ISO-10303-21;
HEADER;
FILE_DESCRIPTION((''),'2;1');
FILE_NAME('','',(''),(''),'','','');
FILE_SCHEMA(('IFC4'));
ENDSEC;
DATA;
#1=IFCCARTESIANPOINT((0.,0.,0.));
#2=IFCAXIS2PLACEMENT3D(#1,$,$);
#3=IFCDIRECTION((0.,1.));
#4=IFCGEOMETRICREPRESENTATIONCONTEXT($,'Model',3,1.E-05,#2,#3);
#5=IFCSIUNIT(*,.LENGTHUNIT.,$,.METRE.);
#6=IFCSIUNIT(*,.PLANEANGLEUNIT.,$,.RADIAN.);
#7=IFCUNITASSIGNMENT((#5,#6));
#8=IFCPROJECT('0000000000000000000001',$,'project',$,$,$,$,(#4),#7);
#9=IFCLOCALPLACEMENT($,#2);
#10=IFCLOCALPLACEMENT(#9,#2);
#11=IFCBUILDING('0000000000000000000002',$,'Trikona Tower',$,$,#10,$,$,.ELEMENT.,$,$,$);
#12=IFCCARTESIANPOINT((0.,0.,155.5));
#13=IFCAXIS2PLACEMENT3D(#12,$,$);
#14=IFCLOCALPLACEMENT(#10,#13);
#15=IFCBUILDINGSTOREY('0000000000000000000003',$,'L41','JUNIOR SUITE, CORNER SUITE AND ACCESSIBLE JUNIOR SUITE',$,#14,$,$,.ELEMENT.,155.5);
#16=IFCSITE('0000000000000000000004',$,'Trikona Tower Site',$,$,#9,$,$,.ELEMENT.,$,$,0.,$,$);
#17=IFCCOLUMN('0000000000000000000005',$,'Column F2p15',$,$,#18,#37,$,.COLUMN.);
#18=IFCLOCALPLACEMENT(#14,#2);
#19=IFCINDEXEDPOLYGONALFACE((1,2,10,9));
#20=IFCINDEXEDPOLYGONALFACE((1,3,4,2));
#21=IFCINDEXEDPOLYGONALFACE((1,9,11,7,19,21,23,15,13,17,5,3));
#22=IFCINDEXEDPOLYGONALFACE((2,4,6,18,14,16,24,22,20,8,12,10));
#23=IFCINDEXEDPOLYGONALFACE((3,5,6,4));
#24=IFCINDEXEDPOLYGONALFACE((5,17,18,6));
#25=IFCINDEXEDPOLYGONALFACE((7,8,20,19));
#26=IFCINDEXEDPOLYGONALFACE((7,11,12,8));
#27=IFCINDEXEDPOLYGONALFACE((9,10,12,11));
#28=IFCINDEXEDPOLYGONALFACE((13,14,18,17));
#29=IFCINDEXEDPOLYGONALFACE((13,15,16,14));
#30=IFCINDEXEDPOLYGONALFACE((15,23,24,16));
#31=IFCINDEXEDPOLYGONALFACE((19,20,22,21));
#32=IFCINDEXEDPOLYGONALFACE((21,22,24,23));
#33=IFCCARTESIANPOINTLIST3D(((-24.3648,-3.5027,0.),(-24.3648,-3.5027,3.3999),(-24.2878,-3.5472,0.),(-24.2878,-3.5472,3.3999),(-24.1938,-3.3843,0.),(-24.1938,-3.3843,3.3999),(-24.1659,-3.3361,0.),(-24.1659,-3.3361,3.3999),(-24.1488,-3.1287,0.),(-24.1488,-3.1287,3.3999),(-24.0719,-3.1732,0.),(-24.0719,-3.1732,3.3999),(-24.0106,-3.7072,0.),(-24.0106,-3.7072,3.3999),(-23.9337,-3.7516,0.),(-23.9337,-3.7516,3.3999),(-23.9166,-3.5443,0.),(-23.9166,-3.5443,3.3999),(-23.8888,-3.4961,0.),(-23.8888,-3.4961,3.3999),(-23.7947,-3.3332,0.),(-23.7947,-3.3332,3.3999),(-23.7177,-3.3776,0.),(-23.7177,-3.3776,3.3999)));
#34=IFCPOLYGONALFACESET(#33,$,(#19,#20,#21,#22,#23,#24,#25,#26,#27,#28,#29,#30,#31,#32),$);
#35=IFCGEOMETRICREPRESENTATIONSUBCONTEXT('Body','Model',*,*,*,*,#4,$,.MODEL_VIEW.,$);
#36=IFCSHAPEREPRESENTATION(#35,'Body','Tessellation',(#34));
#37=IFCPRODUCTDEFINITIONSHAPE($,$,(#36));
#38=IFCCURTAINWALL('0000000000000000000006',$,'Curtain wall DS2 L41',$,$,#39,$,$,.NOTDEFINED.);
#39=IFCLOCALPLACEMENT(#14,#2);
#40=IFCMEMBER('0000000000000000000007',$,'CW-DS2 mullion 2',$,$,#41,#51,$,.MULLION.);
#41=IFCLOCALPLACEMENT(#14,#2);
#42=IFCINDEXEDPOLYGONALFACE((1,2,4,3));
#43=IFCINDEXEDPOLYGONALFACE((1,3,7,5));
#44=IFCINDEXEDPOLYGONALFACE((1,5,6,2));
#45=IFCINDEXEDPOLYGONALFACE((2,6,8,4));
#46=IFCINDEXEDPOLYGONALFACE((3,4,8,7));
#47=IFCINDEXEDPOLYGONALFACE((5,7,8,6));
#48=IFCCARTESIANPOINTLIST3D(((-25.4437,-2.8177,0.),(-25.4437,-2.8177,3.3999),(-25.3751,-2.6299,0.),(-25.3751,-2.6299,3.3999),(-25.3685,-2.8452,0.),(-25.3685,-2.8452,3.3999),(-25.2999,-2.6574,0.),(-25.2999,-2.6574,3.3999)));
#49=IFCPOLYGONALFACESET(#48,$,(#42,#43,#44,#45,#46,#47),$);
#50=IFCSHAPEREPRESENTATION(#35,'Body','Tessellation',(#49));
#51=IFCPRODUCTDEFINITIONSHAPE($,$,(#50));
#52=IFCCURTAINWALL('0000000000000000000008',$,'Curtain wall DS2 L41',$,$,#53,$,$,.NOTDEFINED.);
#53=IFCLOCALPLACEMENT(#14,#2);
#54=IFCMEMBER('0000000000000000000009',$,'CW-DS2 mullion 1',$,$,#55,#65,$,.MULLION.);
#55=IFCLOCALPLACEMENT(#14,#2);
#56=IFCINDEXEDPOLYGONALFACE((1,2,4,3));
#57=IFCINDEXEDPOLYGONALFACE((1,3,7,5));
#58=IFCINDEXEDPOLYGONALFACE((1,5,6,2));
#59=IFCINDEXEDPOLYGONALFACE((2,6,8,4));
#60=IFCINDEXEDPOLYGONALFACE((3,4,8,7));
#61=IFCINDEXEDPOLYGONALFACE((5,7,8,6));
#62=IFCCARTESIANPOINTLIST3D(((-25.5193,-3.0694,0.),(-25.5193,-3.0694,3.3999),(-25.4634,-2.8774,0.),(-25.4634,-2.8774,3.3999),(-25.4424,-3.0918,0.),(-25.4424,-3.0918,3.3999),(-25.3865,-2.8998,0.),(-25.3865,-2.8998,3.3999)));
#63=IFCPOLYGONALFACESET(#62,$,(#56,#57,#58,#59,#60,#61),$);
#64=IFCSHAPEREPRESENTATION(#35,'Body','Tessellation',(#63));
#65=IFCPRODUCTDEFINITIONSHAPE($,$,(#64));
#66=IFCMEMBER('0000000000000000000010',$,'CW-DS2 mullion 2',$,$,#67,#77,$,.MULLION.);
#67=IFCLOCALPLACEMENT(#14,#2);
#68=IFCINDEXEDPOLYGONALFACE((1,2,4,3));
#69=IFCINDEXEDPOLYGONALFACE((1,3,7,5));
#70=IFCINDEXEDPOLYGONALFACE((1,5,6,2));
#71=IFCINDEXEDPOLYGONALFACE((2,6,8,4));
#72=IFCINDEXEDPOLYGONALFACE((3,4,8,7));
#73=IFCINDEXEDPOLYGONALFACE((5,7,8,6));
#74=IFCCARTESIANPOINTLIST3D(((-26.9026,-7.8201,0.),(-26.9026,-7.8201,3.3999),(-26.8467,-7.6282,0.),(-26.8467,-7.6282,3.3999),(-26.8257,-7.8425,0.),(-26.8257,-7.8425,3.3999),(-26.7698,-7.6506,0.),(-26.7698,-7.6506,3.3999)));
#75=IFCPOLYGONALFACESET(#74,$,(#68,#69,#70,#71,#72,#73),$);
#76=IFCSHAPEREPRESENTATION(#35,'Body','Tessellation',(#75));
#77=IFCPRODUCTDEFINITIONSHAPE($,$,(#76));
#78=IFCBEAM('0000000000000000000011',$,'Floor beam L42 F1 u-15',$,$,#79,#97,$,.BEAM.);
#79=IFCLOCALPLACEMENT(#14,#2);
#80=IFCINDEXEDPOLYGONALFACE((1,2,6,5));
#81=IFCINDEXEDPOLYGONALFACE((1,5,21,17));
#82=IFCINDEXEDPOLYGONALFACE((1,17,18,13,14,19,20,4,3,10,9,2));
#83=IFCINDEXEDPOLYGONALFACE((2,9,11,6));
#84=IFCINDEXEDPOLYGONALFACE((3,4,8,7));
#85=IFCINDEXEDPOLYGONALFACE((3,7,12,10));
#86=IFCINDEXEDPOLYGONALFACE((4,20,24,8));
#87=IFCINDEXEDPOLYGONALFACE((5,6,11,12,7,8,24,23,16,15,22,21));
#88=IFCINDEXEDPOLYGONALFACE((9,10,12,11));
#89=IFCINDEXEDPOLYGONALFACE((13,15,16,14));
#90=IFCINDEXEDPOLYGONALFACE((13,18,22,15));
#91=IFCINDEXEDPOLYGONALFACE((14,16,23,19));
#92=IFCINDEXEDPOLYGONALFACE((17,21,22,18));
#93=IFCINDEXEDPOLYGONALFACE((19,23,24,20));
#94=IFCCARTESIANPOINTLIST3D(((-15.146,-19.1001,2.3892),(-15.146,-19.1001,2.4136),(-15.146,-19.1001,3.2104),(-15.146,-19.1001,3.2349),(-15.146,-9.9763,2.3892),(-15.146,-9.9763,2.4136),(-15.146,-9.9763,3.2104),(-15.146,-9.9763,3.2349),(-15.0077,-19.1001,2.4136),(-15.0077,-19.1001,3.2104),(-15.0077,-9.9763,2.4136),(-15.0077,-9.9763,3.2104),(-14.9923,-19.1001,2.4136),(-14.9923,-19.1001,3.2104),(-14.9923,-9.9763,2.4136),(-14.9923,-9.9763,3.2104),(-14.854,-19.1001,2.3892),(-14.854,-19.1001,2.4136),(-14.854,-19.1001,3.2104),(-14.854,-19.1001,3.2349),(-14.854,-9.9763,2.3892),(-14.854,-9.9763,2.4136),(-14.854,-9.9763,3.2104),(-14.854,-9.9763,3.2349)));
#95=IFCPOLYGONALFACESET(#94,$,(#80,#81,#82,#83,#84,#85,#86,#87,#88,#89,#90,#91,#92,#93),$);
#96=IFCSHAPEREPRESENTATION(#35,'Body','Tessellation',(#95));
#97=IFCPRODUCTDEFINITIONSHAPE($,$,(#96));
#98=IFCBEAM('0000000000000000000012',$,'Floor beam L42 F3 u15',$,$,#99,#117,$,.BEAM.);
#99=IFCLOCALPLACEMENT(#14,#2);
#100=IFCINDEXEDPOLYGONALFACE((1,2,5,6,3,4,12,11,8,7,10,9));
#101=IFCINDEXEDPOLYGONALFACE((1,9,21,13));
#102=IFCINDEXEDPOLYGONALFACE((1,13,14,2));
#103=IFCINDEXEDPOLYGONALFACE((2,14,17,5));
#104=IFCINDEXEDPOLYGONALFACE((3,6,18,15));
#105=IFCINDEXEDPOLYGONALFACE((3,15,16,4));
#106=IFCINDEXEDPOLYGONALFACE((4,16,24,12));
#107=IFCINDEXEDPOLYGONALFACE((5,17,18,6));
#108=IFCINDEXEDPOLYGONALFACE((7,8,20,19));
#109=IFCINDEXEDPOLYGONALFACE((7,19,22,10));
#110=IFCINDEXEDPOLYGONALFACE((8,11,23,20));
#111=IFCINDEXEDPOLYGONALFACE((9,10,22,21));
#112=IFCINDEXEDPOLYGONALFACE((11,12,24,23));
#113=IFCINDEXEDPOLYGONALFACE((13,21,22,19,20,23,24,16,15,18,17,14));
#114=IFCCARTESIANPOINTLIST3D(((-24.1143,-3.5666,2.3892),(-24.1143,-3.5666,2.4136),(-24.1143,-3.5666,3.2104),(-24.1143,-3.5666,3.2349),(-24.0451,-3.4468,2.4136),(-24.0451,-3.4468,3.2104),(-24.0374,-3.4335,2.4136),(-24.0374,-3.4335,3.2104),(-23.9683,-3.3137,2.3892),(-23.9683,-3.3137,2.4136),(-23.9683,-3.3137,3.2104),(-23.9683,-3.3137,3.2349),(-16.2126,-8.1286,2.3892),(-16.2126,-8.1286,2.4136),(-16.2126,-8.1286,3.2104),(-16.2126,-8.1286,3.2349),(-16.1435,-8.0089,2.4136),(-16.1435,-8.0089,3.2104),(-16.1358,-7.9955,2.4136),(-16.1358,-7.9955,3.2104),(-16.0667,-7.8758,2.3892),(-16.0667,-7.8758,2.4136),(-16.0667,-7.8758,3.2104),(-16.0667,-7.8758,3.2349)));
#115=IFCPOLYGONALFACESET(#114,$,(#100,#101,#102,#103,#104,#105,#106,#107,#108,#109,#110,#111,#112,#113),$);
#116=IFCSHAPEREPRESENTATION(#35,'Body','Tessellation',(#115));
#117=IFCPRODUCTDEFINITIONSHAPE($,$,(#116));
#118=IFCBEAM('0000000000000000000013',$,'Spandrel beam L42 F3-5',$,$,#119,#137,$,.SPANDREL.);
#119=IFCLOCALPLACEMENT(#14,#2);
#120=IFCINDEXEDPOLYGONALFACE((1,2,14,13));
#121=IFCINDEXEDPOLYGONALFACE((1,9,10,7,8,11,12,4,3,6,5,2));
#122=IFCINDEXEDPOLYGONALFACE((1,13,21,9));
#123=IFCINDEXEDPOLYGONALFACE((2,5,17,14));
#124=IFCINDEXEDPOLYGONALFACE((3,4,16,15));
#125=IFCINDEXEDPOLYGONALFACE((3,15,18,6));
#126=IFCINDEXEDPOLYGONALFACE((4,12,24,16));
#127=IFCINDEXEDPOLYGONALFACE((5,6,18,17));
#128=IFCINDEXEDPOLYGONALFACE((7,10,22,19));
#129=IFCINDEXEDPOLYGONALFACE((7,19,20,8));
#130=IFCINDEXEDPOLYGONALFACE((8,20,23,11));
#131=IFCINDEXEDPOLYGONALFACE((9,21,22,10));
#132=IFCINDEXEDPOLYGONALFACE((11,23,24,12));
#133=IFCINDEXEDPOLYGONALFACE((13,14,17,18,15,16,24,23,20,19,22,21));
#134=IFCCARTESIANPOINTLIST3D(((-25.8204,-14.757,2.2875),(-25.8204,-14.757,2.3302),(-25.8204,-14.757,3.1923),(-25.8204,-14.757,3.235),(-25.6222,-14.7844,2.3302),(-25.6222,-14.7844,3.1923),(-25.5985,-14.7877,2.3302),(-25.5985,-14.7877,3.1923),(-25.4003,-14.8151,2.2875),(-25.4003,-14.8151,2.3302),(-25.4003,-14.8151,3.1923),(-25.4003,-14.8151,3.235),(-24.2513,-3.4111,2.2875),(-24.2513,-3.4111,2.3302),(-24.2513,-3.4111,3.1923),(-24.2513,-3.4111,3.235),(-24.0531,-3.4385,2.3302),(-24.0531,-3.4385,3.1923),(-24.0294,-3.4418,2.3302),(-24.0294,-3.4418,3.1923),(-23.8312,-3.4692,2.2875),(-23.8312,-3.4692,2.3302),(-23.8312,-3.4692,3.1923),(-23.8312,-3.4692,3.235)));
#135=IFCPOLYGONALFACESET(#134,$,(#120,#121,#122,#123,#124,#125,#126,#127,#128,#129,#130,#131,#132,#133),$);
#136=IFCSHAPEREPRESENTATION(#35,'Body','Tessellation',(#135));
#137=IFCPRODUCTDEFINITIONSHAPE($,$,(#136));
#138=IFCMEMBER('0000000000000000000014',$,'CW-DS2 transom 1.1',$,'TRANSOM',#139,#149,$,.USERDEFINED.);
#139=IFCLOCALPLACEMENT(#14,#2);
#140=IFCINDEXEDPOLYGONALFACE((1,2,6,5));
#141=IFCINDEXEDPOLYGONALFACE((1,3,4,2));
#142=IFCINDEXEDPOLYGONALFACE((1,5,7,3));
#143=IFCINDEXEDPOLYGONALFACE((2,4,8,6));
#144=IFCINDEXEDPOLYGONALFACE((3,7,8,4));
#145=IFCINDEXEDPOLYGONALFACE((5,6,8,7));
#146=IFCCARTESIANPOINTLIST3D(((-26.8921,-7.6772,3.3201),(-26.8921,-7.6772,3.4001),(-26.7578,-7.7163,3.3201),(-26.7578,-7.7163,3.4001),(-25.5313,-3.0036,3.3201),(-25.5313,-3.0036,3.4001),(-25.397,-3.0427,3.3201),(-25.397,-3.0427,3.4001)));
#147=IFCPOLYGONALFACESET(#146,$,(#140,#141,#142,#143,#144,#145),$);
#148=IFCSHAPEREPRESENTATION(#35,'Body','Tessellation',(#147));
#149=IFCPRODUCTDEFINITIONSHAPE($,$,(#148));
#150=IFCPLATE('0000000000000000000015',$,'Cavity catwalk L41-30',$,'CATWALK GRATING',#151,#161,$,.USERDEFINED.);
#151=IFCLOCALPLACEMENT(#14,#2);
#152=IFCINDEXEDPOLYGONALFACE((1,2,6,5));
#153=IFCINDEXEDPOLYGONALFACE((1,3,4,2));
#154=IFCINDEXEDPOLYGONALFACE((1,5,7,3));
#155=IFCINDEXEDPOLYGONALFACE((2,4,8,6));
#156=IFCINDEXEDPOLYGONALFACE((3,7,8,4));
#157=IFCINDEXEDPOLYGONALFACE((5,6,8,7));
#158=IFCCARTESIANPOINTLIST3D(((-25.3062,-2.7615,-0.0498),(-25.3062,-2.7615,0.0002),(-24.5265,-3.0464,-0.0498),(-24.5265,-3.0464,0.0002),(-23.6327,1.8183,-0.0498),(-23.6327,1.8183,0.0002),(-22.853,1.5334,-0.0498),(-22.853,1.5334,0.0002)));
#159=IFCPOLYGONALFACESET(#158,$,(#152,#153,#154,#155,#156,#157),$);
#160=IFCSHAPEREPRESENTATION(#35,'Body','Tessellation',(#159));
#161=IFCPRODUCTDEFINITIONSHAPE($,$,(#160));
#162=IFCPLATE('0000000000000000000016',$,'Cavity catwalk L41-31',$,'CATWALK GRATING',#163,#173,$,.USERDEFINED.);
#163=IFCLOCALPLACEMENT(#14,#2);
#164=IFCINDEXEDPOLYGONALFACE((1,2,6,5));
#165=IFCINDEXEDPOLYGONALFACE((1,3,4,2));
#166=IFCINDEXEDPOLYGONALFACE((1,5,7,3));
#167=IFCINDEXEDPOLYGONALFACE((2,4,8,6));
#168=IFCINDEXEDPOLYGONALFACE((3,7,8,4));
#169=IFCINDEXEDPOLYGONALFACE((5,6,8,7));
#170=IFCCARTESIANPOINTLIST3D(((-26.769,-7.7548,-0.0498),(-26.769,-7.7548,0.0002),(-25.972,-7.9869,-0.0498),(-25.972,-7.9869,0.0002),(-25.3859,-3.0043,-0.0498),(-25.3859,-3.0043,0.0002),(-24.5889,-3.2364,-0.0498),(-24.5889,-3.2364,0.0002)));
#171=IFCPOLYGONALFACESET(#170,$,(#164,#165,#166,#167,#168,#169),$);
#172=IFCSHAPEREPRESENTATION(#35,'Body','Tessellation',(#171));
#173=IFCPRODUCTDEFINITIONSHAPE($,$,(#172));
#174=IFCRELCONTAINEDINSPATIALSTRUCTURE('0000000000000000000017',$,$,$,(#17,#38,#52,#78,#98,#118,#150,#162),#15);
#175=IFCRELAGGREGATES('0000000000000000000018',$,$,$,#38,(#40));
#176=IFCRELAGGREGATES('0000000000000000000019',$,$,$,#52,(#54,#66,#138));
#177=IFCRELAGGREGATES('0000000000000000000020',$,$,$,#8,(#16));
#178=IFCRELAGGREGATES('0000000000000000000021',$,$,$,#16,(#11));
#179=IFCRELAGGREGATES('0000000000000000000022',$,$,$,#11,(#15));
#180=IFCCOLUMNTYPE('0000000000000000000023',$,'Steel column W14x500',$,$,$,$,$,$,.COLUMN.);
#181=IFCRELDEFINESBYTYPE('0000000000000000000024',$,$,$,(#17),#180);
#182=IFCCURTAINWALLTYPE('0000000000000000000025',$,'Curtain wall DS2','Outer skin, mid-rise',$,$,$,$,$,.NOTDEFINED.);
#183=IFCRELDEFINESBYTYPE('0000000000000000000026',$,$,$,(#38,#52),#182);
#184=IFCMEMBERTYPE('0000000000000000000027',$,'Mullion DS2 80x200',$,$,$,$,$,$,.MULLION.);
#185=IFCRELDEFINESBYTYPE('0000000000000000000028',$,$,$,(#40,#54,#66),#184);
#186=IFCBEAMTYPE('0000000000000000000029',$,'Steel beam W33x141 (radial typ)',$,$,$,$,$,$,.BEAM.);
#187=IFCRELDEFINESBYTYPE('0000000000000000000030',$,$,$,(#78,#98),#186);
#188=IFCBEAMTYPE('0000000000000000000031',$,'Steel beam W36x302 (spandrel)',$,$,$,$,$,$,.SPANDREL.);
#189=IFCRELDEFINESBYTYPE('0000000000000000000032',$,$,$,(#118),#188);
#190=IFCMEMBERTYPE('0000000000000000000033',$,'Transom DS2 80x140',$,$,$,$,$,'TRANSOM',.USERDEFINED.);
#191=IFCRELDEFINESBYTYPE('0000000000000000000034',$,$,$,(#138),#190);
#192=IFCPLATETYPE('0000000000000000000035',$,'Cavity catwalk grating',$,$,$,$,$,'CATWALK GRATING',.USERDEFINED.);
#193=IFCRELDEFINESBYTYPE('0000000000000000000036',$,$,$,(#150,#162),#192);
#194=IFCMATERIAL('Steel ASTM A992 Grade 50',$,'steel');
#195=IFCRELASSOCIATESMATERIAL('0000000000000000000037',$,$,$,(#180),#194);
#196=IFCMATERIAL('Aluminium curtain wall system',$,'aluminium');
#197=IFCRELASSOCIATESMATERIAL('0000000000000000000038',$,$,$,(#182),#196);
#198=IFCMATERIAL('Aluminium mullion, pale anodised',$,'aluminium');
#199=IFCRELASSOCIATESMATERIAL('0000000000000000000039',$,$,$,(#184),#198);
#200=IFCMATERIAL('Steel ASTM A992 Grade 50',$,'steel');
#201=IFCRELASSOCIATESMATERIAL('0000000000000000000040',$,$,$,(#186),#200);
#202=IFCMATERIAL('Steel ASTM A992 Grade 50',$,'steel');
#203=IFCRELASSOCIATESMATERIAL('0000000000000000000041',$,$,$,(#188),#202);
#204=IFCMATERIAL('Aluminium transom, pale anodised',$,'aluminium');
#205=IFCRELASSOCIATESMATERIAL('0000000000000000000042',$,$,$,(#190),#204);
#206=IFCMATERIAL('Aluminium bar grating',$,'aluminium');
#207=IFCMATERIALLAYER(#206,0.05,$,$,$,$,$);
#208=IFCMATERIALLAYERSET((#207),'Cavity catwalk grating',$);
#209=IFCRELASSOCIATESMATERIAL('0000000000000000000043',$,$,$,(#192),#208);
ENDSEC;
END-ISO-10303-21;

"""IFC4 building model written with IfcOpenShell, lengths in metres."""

from ifc_helpers import new_model, si_unit, direction, frame, origin, origin_2d, place, context, subcontext, project, spatial, rectangle, i_section, extrude, material, layer, layer_set, material_profile, profile_set, type_object, element, aggregate, save


model = new_model("IFC4")

# Units and contexts
model_context = context("Model", 3, precision=1e-05, world=origin(), true_north=direction((0.0, 1.0)))
body_context = subcontext(model_context, "Body", "Model", "MODEL_VIEW")
ifc_project = project(units=[si_unit("LENGTHUNIT", "METRE"), si_unit("PLANEANGLEUNIT", "RADIAN")], contexts=[model_context])

# Site, building, storey
site_placement = place(None, origin())
site = spatial("IfcSite", under=ifc_project, at=site_placement, Name="Trikona Tower Site", CompositionType="ELEMENT", RefElevation=0.0)
building_placement = place(site_placement, origin())
building = spatial("IfcBuilding", under=site, at=building_placement, Name="Trikona Tower", CompositionType="ELEMENT")
storey_placement = place(building_placement, frame((0.0, 0.0, 155.5)))
storey = spatial("IfcBuildingStorey", under=building, at=storey_placement, Name="L41", Description="JUNIOR SUITE, CORNER SUITE AND ACCESSIBLE JUNIOR SUITE", CompositionType="ELEMENT", Elevation=155.5)

# Column
ifc_material_1 = material(Name="Steel ASTM A992 Grade 50", Category="steel")
ifc_material_profile_1 = material_profile(ifc_material_1, i_section(OverallWidth=0.4319, OverallDepth=0.4978, WebThickness=0.0557, FlangeThickness=0.0889, at=origin_2d()), Name="W14X500")
ifc_profile_set_1 = profile_set([ifc_material_profile_1], Name="Steel ASTM A992 Grade 50")
column_type = type_object("IfcColumnType", Name="Steel column W14x500", PredefinedType="COLUMN", material=ifc_profile_set_1)
column_placement = place(storey_placement, frame((-24.0413, -3.4402, 0.0), z_axis=(0.0, 0.0, 1.0), x_axis=(-0.5, -0.866025, 0.0)))
element("IfcColumn", 1, at=column_placement, inside=storey, type_object=column_type, Name="Column F2p15", PredefinedType="COLUMN", context=body_context, shape_type="SweptSolid", body=[
    extrude(i_section(OverallWidth=0.4319, OverallDepth=0.4978, WebThickness=0.0557, FlangeThickness=0.0889, at=origin_2d()), origin(), (0.0, 0.0, 1.0), 3.3999),
])

# Curtain wall, member
ifc_material_2 = material(Name="Aluminium curtain wall system", Category="aluminium")
curtain_wall_type = type_object("IfcCurtainWallType", Name="Curtain wall DS2", Description="Outer skin, mid-rise", PredefinedType="NOTDEFINED", material=ifc_material_2)
curtain_wall_1_placement = place(storey_placement, origin())
curtain_wall_1 = element("IfcCurtainWall", 2, at=curtain_wall_1_placement, inside=storey, type_object=curtain_wall_type, Name="Curtain wall DS2 L41", PredefinedType="NOTDEFINED")
ifc_material_3 = material(Name="Aluminium mullion, pale anodised", Category="aluminium")
ifc_material_profile_2 = material_profile(ifc_material_3, rectangle(XDim=0.0801, YDim=0.2, at=origin_2d()), Name="MUL-DS2")
ifc_profile_set_2 = profile_set([ifc_material_profile_2], Name="Aluminium mullion, pale anodised")
member_type_1 = type_object("IfcMemberType", Name="Mullion DS2 80x200", PredefinedType="MULLION", material=ifc_profile_set_2)
member_1_placement = place(storey_placement, frame((-25.3718, -2.7375, 0.0), z_axis=(0.0, 0.0, 1.0), x_axis=(0.939254, -0.343223, 0.0)))
member_1 = element("IfcMember", 3, at=member_1_placement, type_object=member_type_1, Name="CW-DS2 mullion 2", PredefinedType="MULLION", context=body_context, shape_type="SweptSolid", body=[
    extrude(rectangle(XDim=0.0801, YDim=0.2, at=origin_2d()), origin(), (0.0, 0.0, 1.0), 3.3999),
])
aggregate(curtain_wall_1, [member_1])

# Curtain wall, members
curtain_wall_2_placement = place(storey_placement, origin())
curtain_wall_2 = element("IfcCurtainWall", 4, at=curtain_wall_2_placement, inside=storey, type_object=curtain_wall_type, Name="Curtain wall DS2 L41", PredefinedType="NOTDEFINED")
member_2_placement = place(storey_placement, frame((-25.4529, -2.9846, 0.0), z_axis=(0.0, 0.0, 1.0), x_axis=(0.960133, -0.279543, 0.0)))
member_2 = element("IfcMember", 5, at=member_2_placement, type_object=member_type_1, Name="CW-DS2 mullion 1", PredefinedType="MULLION", context=body_context, shape_type="SweptSolid", body=[
    extrude(rectangle(XDim=0.0801, YDim=0.2, at=origin_2d()), origin(), (0.0, 0.0, 1.0), 3.3999),
])
member_3_placement = place(storey_placement, frame((-26.8362, -7.7354, 0.0), z_axis=(0.0, 0.0, 1.0), x_axis=(0.960133, -0.279543, 0.0)))
member_3 = element("IfcMember", 6, at=member_3_placement, type_object=member_type_1, Name="CW-DS2 mullion 2", PredefinedType="MULLION", context=body_context, shape_type="SweptSolid", body=[
    extrude(rectangle(XDim=0.0801, YDim=0.2, at=origin_2d()), origin(), (0.0, 0.0, 1.0), 3.3999),
])

# Beams
ifc_material_4 = material(Name="Steel ASTM A992 Grade 50", Category="steel")
ifc_material_profile_3 = material_profile(ifc_material_4, i_section(OverallWidth=0.292, OverallDepth=0.8457, WebThickness=0.0154, FlangeThickness=0.0244, at=origin_2d()), Name="W33X141")
ifc_profile_set_3 = profile_set([ifc_material_profile_3], Name="Steel ASTM A992 Grade 50")
beam_type_1 = type_object("IfcBeamType", Name="Steel beam W33x141 (radial typ)", PredefinedType="BEAM", material=ifc_profile_set_3)
beam_1_placement = place(storey_placement, frame((-15.0, -9.9763, 2.812), z_axis=(0.0, -1.0, 0.0), x_axis=(1.0, 0.0, 0.0)))
element("IfcBeam", 7, at=beam_1_placement, inside=storey, type_object=beam_type_1, Name="Floor beam L42 F1 u-15", PredefinedType="BEAM", context=body_context, shape_type="SweptSolid", body=[
    extrude(i_section(OverallWidth=0.292, OverallDepth=0.8457, WebThickness=0.0154, FlangeThickness=0.0244, at=origin_2d()), origin(), (0.0, 0.0, 1.0), 9.1238),
])
beam_2_placement = place(storey_placement, frame((-16.1396, -8.0022, 2.812), z_axis=(-0.866025, 0.500001, 0.0), x_axis=(-0.500001, -0.866025, 0.0)))
element("IfcBeam", 8, at=beam_2_placement, inside=storey, type_object=beam_type_1, Name="Floor beam L42 F3 u15", PredefinedType="BEAM", context=body_context, shape_type="SweptSolid", body=[
    extrude(i_section(OverallWidth=0.292, OverallDepth=0.8457, WebThickness=0.0154, FlangeThickness=0.0244, at=origin_2d()), origin(), (0.0, 0.0, 1.0), 9.124),
])
ifc_material_5 = material(Name="Steel ASTM A992 Grade 50", Category="steel")
ifc_material_profile_4 = material_profile(ifc_material_5, i_section(OverallWidth=0.4241, OverallDepth=0.9475, WebThickness=0.0239, FlangeThickness=0.0427, at=origin_2d()), Name="W36X302")
ifc_profile_set_4 = profile_set([ifc_material_profile_4], Name="Steel ASTM A992 Grade 50")
beam_type_2 = type_object("IfcBeamType", Name="Steel beam W36x302 (spandrel)", PredefinedType="SPANDREL", material=ifc_profile_set_4)
beam_3_placement = place(storey_placement, frame((-24.0413, -3.4402, 2.7612), z_axis=(-0.136992, -0.990572, 0.0), x_axis=(0.990572, -0.136992, 0.0)))
element("IfcBeam", 9, at=beam_3_placement, inside=storey, type_object=beam_type_2, Name="Spandrel beam L42 F3-5", PredefinedType="SPANDREL", context=body_context, shape_type="SweptSolid", body=[
    extrude(i_section(OverallWidth=0.4241, OverallDepth=0.9475, WebThickness=0.0239, FlangeThickness=0.0427, at=origin_2d()), origin(), (0.0, 0.0, 1.0), 11.4539),
])

# Member
ifc_material_6 = material(Name="Aluminium transom, pale anodised", Category="aluminium")
ifc_material_profile_5 = material_profile(ifc_material_6, rectangle(XDim=0.1399, YDim=0.0801, at=origin_2d()), Name="TRN-DS2")
ifc_profile_set_5 = profile_set([ifc_material_profile_5], Name="Aluminium transom, pale anodised")
member_type_2 = type_object("IfcMemberType", Name="Transom DS2 80x140", ElementType="TRANSOM", PredefinedType="USERDEFINED", material=ifc_profile_set_5)
member_4_placement = place(storey_placement, frame((-25.4641, -3.0232, 3.3601), z_axis=(-0.279567, -0.960126, 0.0), x_axis=(0.960126, -0.279567, 0.0)))
member_4 = element("IfcMember", 10, at=member_4_placement, type_object=member_type_2, Name="CW-DS2 transom 1.1", ObjectType="TRANSOM", PredefinedType="USERDEFINED", context=body_context, shape_type="SweptSolid", body=[
    extrude(rectangle(XDim=0.1399, YDim=0.0801, at=origin_2d()), origin(), (0.0, 0.0, 1.0), 4.8677),
])

# Plates
ifc_material_7 = material(Name="Aluminium bar grating", Category="aluminium")
ifc_layer_1 = layer(ifc_material_7, 0.05)
ifc_layer_set_1 = layer_set([ifc_layer_1], Name="Cavity catwalk grating")
plate_type_1 = type_object("IfcPlateType", Name="Cavity catwalk grating", ElementType="CATWALK GRATING", PredefinedType="USERDEFINED", material=ifc_layer_set_1)
plate_1_placement = place(storey_placement, frame((-24.0796, -0.614, -0.0498), z_axis=(0.0, 0.0, 1.0), x_axis=(-0.34322, -0.939255, 0.0)))
element("IfcPlate", 11, at=plate_1_placement, inside=storey, type_object=plate_type_1, Name="Cavity catwalk L41-30", ObjectType="CATWALK GRATING", PredefinedType="USERDEFINED", context=body_context, shape_type="SweptSolid", body=[
    extrude(rectangle(XDim=4.876, YDim=0.8301, at=origin_2d()), origin(), (0.0, 0.0, 1.0), 0.05),
])
plate_2_placement = place(storey_placement, frame((-25.679, -5.4956, -0.0498), z_axis=(0.0, 0.0, 1.0), x_axis=(-0.279554, -0.96013, 0.0)))
element("IfcPlate", 12, at=plate_2_placement, inside=storey, type_object=plate_type_1, Name="Cavity catwalk L41-31", ObjectType="CATWALK GRATING", PredefinedType="USERDEFINED", context=body_context, shape_type="SweptSolid", body=[
    extrude(rectangle(XDim=4.9478, YDim=0.8301, at=origin_2d()), origin(), (0.0, 0.0, 1.0), 0.05),
])

aggregate(curtain_wall_2, [member_2, member_3, member_4])

save(model, "model.ifc")
